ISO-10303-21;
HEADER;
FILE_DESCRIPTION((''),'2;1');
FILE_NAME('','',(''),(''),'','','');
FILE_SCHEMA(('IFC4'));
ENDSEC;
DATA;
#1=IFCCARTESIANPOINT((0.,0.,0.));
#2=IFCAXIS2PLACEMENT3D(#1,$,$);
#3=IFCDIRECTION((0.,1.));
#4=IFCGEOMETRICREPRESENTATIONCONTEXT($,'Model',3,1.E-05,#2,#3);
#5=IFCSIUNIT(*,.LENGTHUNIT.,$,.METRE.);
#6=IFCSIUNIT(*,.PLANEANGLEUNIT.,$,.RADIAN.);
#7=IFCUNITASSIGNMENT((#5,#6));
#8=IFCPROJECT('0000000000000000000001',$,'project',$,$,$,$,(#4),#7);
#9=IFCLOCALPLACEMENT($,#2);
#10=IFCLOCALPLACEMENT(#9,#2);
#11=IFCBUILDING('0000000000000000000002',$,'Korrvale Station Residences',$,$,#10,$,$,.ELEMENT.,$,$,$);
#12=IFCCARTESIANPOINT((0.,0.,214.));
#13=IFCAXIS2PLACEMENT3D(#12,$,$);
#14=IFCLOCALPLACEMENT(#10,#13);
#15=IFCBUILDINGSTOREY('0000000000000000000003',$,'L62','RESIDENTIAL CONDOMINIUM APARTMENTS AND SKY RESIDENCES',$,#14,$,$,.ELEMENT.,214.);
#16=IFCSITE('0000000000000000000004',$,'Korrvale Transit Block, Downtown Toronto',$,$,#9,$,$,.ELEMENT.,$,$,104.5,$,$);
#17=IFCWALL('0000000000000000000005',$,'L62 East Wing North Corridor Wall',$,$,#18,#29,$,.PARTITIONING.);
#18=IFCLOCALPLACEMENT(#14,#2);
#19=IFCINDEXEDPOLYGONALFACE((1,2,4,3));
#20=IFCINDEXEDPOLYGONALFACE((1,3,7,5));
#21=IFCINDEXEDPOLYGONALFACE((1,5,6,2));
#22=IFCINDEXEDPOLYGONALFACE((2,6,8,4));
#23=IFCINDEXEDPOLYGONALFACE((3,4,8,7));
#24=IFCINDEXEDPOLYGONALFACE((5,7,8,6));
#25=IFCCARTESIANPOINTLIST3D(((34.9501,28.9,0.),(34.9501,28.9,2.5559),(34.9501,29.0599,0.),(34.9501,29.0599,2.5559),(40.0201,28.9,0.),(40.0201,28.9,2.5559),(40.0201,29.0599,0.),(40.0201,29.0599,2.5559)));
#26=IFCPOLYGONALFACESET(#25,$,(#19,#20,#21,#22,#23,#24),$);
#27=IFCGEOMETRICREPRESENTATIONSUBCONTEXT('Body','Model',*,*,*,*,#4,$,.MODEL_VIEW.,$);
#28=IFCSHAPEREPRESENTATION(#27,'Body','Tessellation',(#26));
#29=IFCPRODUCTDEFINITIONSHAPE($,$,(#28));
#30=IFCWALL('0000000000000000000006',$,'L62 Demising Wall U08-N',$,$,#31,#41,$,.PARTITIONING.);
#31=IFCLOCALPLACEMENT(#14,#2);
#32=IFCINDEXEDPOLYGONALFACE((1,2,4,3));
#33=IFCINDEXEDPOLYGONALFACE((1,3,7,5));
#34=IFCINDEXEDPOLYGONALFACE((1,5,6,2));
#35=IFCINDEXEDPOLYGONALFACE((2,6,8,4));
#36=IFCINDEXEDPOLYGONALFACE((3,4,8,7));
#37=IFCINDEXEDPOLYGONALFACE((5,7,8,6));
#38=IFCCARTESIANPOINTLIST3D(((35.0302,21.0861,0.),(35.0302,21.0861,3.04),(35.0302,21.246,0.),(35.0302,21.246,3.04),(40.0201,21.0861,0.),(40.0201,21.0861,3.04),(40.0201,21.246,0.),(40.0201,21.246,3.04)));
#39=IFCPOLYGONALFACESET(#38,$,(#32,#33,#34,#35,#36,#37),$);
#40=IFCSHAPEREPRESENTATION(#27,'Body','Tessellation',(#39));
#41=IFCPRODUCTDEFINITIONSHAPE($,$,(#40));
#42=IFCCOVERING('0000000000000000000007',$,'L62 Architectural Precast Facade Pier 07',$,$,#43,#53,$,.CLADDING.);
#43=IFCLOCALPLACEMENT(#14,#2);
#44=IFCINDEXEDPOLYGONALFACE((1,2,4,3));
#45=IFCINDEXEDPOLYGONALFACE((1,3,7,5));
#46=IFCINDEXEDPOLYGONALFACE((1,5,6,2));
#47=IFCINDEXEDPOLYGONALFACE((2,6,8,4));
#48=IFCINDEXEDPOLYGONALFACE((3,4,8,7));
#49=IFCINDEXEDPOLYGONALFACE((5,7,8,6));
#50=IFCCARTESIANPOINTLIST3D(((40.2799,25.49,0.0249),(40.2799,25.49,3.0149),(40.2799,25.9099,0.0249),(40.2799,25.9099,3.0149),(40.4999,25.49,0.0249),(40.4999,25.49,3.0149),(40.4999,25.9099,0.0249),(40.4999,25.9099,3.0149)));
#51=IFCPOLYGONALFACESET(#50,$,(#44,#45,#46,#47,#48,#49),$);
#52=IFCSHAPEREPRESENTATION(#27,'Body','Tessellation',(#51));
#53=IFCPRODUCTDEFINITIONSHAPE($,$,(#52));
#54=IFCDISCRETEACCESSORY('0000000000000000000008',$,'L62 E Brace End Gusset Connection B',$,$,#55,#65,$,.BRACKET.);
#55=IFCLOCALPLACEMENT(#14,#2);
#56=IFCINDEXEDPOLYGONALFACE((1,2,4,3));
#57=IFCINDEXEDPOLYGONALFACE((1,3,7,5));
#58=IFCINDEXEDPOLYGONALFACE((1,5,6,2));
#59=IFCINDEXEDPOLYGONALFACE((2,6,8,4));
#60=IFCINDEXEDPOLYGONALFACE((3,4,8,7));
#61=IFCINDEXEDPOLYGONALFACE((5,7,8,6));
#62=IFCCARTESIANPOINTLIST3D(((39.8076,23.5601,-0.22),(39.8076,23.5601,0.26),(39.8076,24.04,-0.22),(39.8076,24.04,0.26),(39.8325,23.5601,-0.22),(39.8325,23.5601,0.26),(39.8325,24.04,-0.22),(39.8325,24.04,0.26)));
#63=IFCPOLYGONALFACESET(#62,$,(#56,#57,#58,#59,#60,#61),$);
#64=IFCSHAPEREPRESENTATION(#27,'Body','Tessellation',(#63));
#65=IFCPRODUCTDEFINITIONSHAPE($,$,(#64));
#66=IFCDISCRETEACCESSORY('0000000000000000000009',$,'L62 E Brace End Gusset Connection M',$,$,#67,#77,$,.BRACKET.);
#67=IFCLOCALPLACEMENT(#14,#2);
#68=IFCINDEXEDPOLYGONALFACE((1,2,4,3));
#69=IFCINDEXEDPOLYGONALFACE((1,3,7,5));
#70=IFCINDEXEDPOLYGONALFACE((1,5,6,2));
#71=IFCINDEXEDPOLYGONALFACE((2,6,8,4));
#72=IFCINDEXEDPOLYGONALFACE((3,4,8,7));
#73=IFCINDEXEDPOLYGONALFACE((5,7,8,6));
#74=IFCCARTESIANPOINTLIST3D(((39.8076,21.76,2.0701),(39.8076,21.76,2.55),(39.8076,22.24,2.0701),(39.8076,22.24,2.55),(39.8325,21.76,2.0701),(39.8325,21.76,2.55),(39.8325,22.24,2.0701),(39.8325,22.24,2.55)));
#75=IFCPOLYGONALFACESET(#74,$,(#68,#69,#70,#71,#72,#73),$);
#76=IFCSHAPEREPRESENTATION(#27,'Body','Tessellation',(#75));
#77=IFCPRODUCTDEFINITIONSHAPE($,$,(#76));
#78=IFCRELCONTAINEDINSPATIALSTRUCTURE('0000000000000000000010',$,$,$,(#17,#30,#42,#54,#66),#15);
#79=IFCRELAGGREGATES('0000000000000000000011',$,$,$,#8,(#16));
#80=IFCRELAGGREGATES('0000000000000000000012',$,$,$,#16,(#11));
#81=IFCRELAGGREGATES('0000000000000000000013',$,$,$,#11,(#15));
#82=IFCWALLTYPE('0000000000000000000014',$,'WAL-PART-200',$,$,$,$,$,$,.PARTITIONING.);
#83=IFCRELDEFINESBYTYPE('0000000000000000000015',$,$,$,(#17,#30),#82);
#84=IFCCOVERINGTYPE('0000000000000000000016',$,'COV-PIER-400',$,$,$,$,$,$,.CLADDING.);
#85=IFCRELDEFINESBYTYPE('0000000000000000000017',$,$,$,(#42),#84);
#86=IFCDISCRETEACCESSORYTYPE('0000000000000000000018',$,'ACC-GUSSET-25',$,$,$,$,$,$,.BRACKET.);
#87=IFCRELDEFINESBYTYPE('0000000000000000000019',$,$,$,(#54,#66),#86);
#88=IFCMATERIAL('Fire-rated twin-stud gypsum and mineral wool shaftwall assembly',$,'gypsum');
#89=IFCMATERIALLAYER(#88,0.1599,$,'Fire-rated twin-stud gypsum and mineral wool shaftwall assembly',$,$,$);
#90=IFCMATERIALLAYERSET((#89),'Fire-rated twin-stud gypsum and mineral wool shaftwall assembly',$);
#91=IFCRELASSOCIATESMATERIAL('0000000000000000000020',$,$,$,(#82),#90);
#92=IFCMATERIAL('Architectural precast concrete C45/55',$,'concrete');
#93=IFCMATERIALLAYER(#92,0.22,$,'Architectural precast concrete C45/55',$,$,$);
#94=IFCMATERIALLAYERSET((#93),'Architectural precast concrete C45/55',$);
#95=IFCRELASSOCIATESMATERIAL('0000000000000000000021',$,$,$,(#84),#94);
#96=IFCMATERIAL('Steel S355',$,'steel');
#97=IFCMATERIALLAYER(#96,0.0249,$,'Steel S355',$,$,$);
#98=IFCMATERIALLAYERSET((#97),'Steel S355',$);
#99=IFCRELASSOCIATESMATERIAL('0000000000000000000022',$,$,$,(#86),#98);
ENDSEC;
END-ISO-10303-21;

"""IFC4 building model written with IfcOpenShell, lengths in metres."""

from ifc_helpers import new_model, si_unit, direction, frame, frame_2d, origin, origin_2d, place, context, subcontext, project, spatial, rectangle, extrude, material, layer, layer_set, type_object, element, save


model = new_model("IFC4")

# Units and contexts
model_context = context("Model", 3, precision=1e-05, world=origin(), true_north=direction((0.0, 1.0)))
body_context = subcontext(model_context, "Body", "Model", "MODEL_VIEW")
ifc_project = project(units=[si_unit("LENGTHUNIT", "METRE"), si_unit("PLANEANGLEUNIT", "RADIAN")], contexts=[model_context])

# Site, building, storey
site_placement = place(None, origin())
site = spatial("IfcSite", under=ifc_project, at=site_placement, Name="Korrvale Transit Block, Downtown Toronto", CompositionType="ELEMENT", RefElevation=104.5)
building_placement = place(site_placement, origin())
building = spatial("IfcBuilding", under=site, at=building_placement, Name="Korrvale Station Residences", CompositionType="ELEMENT")
storey_placement = place(building_placement, frame((0.0, 0.0, 214.0)))
storey = spatial("IfcBuildingStorey", under=building, at=storey_placement, Name="L62", Description="RESIDENTIAL CONDOMINIUM APARTMENTS AND SKY RESIDENCES", CompositionType="ELEMENT", Elevation=214.0)

# Shared definitions
ifc_material_1 = material(Name="Steel S355", Category="steel")

# Walls
ifc_material_2 = material(Name="Fire-rated twin-stud gypsum and mineral wool shaftwall assembly", Category="gypsum")
ifc_layer_1 = layer(ifc_material_2, 0.1599, Name="Fire-rated twin-stud gypsum and mineral wool shaftwall assembly")
ifc_layer_set_1 = layer_set([ifc_layer_1], Name="Fire-rated twin-stud gypsum and mineral wool shaftwall assembly")
wall_type_1 = type_object("IfcWallType", Name="WAL-PART-200", PredefinedType="PARTITIONING", material=ifc_layer_set_1)
wall_1_placement = place(storey_placement, frame((34.95, 28.98, 0.0), z_axis=(0.0, 0.0, 1.0), x_axis=(1.0, 0.0, 0.0)))
element("IfcWall", 1, at=wall_1_placement, inside=storey, type_object=wall_type_1, Name="L62 East Wing North Corridor Wall", PredefinedType="PARTITIONING", context=body_context, shape_type="SweptSolid", body=[
    extrude(rectangle(XDim=5.0701, YDim=0.1599, at=frame_2d((2.5352, 0.0))), origin(), (0.0, 0.0, 1.0), 2.5559),
])
wall_2_placement = place(storey_placement, frame((35.03, 21.166, 0.0), z_axis=(0.0, 0.0, 1.0), x_axis=(1.0, 0.0, 0.0)))
element("IfcWall", 2, at=wall_2_placement, inside=storey, type_object=wall_type_1, Name="L62 Demising Wall U08-N", PredefinedType="PARTITIONING", context=body_context, shape_type="SweptSolid", body=[
    extrude(rectangle(XDim=4.99, YDim=0.1599, at=frame_2d((2.4951, 0.0))), origin(), (0.0, 0.0, 1.0), 3.04),
])

# Covering
ifc_material_3 = material(Name="Architectural precast concrete C45/55", Category="concrete")
ifc_layer_2 = layer(ifc_material_3, 0.22, Name="Architectural precast concrete C45/55")
ifc_layer_set_2 = layer_set([ifc_layer_2], Name="Architectural precast concrete C45/55")
covering_type = type_object("IfcCoveringType", Name="COV-PIER-400", PredefinedType="CLADDING", material=ifc_layer_set_2)
covering_placement = place(storey_placement, frame((40.3899, 25.7, 0.0249), z_axis=(0.0, 0.0, 1.0), x_axis=(0.0, 1.0, 0.0)))
element("IfcCovering", 3, at=covering_placement, inside=storey, type_object=covering_type, Name="L62 Architectural Precast Facade Pier 07", PredefinedType="CLADDING", context=body_context, shape_type="SweptSolid", body=[
    extrude(rectangle(XDim=0.4199, YDim=0.22, at=origin_2d()), origin(), (0.0, 0.0, 1.0), 2.99),
])

# Discrete accessories
ifc_layer_3 = layer(ifc_material_1, 0.0249, Name="Steel S355")
ifc_layer_set_3 = layer_set([ifc_layer_3], Name="Steel S355")
discrete_accessory_type = type_object("IfcDiscreteAccessoryType", Name="ACC-GUSSET-25", PredefinedType="BRACKET", material=ifc_layer_set_3)
for number, where, z_axis, x_axis, name in (
    (4, (39.8201, 23.8, -0.22), (0.0, 0.0, 1.0), (0.0, 1.0, 0.0), "L62 E Brace End Gusset Connection B"),
    (5, (39.8201, 22.0, 2.0701), (0.0, 0.0, 1.0), (0.0, 1.0, 0.0), "L62 E Brace End Gusset Connection M"),
):
    element("IfcDiscreteAccessory", number, at=place(storey_placement, frame(where, z_axis=z_axis, x_axis=x_axis)), inside=storey, type_object=discrete_accessory_type, Name=name, PredefinedType="BRACKET", context=body_context, shape_type="SweptSolid", body=[
        extrude(rectangle(XDim=0.48, YDim=0.0249, at=origin_2d()), origin(), (0.0, 0.0, 1.0), 0.48),
    ])

save(model, "model.ifc")
